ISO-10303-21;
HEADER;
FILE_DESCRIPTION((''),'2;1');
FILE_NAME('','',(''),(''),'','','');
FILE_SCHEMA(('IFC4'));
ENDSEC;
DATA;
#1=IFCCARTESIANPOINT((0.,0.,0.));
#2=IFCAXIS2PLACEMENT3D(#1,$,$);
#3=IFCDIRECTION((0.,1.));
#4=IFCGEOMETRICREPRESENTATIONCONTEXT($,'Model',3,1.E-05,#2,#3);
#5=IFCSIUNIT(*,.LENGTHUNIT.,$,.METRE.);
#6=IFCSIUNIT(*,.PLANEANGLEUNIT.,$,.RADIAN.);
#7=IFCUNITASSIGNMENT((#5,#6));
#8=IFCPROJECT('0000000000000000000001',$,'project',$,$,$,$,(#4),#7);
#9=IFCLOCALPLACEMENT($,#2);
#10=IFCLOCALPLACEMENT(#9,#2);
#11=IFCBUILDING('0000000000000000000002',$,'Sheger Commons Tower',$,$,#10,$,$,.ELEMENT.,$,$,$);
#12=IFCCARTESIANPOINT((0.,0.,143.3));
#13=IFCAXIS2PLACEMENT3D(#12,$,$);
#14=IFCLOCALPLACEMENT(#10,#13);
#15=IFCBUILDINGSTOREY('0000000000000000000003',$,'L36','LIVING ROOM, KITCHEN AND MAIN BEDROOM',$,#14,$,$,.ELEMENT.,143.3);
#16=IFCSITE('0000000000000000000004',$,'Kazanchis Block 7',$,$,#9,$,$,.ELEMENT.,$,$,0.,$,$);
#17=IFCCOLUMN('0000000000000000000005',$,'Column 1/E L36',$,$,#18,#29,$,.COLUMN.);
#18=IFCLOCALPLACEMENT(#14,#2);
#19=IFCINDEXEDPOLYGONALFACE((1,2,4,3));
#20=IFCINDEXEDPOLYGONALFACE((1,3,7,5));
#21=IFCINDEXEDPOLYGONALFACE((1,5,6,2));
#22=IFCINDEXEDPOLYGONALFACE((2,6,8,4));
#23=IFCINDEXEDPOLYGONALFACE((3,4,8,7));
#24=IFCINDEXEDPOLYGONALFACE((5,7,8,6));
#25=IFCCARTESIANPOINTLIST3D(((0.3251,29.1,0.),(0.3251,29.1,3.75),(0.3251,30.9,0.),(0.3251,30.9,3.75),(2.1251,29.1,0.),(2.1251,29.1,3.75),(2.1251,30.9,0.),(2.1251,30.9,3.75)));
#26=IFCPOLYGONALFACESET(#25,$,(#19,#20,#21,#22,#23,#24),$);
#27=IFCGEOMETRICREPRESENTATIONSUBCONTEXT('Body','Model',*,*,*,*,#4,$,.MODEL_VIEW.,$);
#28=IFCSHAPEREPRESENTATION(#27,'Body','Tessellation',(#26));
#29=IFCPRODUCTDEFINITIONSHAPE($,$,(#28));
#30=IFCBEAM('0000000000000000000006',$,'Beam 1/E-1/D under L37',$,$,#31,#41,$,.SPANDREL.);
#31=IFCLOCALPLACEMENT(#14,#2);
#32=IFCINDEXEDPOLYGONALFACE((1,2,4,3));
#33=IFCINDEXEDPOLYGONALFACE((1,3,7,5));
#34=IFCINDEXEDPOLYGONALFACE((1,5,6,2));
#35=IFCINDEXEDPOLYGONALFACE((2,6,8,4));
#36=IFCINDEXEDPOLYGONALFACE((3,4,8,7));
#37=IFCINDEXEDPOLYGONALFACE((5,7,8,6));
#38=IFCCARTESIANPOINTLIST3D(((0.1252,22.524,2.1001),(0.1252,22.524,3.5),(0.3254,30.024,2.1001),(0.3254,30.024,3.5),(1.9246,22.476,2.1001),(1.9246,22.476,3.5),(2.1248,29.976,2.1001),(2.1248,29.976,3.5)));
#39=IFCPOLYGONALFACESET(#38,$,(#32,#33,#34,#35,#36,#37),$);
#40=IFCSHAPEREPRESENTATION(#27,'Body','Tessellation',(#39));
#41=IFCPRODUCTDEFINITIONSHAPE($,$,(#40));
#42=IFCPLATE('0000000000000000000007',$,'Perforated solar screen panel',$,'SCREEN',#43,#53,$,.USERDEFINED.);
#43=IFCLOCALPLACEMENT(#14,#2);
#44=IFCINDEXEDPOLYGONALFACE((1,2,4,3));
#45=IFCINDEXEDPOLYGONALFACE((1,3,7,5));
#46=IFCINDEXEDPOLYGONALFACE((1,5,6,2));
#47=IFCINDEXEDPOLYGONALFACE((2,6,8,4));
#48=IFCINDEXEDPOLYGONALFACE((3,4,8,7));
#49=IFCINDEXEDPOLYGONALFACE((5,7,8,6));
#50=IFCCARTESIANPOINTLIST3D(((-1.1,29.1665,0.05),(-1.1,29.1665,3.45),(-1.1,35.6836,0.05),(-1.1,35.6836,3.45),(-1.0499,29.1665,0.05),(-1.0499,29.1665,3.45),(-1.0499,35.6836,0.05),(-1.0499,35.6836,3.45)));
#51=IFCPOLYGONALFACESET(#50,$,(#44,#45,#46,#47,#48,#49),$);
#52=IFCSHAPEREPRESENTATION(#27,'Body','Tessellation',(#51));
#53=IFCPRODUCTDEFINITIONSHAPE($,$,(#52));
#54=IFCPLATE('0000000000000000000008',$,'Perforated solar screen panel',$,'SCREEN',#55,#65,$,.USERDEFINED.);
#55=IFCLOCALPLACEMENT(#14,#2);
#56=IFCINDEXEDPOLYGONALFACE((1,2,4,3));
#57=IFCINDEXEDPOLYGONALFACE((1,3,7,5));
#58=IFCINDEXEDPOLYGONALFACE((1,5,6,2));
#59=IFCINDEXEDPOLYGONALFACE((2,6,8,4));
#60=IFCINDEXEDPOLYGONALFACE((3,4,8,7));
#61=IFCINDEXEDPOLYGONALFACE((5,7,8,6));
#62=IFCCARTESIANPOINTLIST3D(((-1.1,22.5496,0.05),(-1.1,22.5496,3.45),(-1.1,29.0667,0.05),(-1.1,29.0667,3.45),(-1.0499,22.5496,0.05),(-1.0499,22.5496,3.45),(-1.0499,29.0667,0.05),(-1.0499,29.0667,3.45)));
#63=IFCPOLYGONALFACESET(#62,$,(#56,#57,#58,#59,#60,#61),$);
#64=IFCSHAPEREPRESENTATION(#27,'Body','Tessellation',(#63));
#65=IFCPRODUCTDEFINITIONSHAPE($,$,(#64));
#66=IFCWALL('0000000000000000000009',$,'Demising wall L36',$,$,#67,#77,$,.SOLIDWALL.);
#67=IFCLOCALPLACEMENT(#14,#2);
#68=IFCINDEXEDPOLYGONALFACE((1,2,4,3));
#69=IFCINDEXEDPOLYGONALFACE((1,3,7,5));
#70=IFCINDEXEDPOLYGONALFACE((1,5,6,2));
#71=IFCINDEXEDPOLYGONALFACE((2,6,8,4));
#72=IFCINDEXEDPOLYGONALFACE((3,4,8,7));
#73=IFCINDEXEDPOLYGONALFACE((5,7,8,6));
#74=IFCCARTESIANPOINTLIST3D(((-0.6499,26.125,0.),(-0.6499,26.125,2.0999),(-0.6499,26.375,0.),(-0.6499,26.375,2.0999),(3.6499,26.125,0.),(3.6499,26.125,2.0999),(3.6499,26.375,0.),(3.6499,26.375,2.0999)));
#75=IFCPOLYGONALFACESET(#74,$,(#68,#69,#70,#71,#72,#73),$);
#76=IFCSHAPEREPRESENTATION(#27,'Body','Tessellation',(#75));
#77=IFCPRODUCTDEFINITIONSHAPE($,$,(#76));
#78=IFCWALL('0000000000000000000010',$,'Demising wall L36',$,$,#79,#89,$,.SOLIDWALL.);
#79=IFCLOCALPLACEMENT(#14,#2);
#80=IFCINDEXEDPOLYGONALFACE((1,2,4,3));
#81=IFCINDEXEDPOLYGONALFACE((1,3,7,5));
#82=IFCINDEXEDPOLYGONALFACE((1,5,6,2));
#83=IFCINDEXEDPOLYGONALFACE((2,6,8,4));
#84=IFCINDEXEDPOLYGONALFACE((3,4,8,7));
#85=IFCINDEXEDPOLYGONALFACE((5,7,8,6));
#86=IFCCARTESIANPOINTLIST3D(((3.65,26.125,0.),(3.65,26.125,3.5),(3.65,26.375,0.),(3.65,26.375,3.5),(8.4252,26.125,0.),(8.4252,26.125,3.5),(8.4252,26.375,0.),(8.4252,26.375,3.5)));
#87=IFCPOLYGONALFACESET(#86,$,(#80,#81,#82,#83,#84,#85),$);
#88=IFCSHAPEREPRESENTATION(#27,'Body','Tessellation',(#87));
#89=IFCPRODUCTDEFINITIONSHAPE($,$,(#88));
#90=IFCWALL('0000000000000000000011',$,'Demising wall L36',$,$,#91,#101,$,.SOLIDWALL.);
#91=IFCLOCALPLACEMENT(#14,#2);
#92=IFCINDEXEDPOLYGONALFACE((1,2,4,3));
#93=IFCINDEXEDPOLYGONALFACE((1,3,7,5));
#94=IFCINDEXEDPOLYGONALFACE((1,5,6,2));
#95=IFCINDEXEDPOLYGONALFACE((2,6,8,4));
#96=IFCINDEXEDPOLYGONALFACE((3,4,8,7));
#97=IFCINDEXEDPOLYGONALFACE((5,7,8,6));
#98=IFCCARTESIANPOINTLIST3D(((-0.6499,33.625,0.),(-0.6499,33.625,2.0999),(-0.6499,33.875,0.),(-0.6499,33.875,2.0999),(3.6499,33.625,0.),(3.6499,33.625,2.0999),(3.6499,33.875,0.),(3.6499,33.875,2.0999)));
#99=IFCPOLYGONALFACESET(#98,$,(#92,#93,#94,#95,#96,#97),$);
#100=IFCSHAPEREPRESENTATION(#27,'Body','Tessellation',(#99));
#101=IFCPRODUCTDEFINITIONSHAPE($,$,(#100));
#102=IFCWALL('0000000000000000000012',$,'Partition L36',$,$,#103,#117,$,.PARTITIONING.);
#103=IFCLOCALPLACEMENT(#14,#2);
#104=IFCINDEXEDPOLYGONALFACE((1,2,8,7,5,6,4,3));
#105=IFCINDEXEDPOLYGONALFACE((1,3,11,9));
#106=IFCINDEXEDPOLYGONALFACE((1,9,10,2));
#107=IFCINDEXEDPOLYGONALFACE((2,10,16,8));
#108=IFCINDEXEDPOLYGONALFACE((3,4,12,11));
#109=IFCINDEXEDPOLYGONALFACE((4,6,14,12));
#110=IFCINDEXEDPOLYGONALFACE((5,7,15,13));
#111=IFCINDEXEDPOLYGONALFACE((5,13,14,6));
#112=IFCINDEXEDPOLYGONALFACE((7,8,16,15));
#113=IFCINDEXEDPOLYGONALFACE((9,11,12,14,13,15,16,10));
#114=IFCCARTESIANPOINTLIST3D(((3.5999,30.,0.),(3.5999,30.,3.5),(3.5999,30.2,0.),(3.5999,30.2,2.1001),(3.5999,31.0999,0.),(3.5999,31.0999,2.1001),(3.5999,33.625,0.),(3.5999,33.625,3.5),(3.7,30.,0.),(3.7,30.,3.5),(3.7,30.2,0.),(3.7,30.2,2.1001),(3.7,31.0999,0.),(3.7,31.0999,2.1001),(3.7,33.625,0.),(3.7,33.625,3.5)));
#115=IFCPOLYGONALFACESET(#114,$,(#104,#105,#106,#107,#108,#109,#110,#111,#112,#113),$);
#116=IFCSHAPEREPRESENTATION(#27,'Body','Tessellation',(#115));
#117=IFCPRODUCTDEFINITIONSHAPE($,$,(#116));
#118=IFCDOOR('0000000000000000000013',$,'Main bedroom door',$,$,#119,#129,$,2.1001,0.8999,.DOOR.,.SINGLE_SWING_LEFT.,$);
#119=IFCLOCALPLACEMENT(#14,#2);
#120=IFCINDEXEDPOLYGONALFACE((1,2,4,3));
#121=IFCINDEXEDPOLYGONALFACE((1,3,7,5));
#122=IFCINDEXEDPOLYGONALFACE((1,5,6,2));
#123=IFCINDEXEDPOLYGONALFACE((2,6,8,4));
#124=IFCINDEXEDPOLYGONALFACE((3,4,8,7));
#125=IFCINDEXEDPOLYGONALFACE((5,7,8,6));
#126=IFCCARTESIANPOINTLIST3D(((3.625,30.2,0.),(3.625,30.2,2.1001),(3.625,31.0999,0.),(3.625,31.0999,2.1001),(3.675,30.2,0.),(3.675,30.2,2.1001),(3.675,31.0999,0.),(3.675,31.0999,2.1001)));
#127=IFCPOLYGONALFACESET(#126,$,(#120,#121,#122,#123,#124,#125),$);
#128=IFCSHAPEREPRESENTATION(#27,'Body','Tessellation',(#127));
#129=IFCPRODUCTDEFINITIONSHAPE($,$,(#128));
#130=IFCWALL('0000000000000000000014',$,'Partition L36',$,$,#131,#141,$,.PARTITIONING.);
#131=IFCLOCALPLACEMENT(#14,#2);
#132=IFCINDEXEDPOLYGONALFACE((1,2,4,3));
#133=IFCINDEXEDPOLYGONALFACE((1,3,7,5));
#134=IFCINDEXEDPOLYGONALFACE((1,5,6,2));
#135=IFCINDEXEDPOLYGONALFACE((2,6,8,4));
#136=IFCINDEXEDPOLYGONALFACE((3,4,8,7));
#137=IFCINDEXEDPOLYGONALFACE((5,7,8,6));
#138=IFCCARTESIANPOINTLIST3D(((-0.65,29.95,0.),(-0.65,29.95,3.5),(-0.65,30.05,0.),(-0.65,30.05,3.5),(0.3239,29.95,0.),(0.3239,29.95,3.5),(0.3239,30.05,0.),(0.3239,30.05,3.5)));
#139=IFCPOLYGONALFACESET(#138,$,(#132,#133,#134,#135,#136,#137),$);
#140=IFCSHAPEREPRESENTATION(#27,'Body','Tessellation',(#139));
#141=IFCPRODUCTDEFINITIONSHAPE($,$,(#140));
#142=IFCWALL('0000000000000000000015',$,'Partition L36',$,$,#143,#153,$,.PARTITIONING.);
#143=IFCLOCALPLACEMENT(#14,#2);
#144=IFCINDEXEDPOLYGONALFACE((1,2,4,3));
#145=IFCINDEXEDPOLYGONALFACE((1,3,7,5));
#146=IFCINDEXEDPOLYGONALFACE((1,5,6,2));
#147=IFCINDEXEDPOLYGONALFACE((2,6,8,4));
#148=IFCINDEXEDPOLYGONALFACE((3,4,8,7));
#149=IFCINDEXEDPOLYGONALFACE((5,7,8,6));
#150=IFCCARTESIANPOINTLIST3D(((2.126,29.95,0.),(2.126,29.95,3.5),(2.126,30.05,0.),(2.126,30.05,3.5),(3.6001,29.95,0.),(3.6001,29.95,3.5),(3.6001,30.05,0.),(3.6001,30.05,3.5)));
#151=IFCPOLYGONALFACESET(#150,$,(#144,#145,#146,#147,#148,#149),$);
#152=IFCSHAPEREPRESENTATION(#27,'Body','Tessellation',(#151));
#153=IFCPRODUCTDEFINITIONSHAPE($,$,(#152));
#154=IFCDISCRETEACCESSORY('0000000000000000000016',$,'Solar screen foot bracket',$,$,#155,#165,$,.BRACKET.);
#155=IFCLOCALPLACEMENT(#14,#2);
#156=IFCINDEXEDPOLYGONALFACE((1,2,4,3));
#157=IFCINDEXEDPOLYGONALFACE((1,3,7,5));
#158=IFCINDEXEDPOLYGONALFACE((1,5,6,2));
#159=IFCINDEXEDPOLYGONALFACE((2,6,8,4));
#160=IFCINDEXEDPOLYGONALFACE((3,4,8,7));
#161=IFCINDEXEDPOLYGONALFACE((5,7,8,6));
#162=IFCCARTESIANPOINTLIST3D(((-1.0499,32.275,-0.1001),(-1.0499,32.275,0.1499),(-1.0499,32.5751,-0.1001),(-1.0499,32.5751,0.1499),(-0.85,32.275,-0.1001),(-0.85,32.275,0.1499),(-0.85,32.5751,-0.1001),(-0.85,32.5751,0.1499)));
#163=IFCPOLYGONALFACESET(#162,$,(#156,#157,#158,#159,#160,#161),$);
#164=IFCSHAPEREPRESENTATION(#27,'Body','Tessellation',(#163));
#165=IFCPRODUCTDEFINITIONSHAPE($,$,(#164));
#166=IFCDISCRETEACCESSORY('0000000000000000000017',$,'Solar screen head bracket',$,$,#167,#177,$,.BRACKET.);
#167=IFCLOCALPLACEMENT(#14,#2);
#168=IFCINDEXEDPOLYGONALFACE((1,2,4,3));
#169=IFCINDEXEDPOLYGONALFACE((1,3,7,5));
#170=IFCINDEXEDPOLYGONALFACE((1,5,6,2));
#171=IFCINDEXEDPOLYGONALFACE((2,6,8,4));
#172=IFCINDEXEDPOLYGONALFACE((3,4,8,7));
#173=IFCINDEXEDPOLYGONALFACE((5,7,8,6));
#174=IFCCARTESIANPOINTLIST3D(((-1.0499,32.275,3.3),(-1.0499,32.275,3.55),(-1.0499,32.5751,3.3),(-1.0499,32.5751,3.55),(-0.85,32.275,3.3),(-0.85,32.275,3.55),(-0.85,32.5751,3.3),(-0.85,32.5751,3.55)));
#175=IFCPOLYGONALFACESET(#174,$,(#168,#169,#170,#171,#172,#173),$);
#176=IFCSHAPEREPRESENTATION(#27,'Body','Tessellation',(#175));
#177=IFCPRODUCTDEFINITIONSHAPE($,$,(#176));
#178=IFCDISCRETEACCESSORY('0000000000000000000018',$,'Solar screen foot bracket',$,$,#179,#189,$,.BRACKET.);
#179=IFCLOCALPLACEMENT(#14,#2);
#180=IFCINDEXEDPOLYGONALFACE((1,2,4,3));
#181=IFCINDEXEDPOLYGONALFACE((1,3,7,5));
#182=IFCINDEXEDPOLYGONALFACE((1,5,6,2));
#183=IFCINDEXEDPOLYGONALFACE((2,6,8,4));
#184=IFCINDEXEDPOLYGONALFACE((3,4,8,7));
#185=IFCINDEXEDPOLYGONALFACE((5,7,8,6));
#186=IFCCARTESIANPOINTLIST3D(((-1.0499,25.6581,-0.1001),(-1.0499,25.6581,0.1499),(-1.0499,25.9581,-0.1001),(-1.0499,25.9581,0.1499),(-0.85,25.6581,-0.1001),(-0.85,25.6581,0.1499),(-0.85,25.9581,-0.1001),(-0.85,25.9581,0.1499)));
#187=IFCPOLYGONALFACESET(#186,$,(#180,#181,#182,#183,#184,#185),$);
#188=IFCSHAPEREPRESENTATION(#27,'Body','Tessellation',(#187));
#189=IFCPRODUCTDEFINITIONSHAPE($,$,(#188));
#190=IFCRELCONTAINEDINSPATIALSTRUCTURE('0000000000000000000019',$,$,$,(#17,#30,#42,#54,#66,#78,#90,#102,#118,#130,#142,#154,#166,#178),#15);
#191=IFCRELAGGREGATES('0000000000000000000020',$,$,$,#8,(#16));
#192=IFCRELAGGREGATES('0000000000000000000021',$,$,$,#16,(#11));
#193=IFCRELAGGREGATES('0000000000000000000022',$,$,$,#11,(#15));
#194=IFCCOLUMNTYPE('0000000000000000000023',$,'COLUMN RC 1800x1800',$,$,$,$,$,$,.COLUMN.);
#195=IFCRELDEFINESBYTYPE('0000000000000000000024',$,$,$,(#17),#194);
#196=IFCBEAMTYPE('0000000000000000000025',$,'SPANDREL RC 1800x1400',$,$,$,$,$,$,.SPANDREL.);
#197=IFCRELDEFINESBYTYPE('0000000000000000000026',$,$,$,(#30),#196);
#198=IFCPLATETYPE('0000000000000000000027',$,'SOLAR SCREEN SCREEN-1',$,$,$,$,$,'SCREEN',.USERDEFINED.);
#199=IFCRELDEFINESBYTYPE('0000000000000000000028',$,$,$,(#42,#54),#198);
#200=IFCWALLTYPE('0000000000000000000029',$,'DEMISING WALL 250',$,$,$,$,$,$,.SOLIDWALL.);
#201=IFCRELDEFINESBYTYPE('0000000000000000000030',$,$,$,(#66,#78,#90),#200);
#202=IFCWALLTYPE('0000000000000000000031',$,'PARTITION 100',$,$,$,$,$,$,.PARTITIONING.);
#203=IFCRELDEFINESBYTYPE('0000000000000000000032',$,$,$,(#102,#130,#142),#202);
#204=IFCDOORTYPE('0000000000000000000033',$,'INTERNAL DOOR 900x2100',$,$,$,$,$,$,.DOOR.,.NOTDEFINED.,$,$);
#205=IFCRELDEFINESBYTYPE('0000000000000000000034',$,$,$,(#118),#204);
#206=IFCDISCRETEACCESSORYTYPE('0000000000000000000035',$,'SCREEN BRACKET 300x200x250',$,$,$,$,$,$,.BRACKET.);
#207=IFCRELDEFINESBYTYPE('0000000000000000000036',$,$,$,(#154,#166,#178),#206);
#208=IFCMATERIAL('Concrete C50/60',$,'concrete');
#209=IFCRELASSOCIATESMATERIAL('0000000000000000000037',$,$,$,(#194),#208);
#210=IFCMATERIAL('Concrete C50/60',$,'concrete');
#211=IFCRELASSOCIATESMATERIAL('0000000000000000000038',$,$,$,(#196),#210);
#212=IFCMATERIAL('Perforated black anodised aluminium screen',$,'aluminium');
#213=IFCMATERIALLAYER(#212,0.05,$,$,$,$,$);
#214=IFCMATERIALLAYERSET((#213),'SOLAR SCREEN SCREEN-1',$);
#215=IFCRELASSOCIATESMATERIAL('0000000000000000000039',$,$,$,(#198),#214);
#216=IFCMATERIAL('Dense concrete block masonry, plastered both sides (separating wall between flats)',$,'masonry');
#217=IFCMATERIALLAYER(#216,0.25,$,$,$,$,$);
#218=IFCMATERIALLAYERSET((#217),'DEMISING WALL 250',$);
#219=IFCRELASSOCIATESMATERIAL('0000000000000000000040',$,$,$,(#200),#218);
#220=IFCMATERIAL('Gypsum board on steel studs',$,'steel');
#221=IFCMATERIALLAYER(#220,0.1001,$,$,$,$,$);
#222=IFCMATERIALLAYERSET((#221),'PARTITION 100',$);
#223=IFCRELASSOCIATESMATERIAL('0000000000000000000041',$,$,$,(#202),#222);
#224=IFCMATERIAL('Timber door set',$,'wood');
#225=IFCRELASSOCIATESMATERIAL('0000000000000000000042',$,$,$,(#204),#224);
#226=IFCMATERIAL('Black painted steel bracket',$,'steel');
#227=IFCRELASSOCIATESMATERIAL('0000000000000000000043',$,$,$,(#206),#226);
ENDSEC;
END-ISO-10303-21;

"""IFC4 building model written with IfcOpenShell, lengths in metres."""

from ifc_helpers import new_model, si_unit, direction, frame, frame_2d, origin, origin_2d, place, context, subcontext, project, spatial, rectangle, extrude, material, layer, layer_set, material_profile, profile_set, type_object, element, fill, save


model = new_model("IFC4")

# Units and contexts
model_context = context("Model", 3, precision=1e-05, world=origin(), true_north=direction((0.0, 1.0)))
body_context = subcontext(model_context, "Body", "Model", "MODEL_VIEW")
ifc_project = project(units=[si_unit("LENGTHUNIT", "METRE"), si_unit("PLANEANGLEUNIT", "RADIAN")], contexts=[model_context])

# Site, building, storey
site_placement = place(None, origin())
site = spatial("IfcSite", under=ifc_project, at=site_placement, Name="Kazanchis Block 7", CompositionType="ELEMENT", RefElevation=0.0)
building_placement = place(site_placement, origin())
building = spatial("IfcBuilding", under=site, at=building_placement, Name="Sheger Commons Tower", CompositionType="ELEMENT")
storey_placement = place(building_placement, frame((0.0, 0.0, 143.3)))
storey = spatial("IfcBuildingStorey", under=building, at=storey_placement, Name="L36", Description="LIVING ROOM, KITCHEN AND MAIN BEDROOM", CompositionType="ELEMENT", Elevation=143.3)

# Column
ifc_material_1 = material(Name="Concrete C50/60", Category="concrete")
ifc_material_profile_1 = material_profile(ifc_material_1, rectangle(XDim=1.8, YDim=1.8, at=origin_2d()), Name="RC 1800x1800")
ifc_profile_set_1 = profile_set([ifc_material_profile_1], Name="Concrete C50/60")
column_type = type_object("IfcColumnType", Name="COLUMN RC 1800x1800", PredefinedType="COLUMN", material=ifc_profile_set_1)
column_placement = place(storey_placement, frame((1.2251, 30.0, 0.0), z_axis=(0.0, 0.0, 1.0), x_axis=(1.0, 0.0, 0.0)))
element("IfcColumn", 1, at=column_placement, inside=storey, type_object=column_type, Name="Column 1/E L36", PredefinedType="COLUMN", context=body_context, shape_type="SweptSolid", body=[
    extrude(rectangle(XDim=1.8, YDim=1.8, at=origin_2d()), origin(), (0.0, 0.0, 1.0), 3.75),
])

# Beam
ifc_material_2 = material(Name="Concrete C50/60", Category="concrete")
ifc_material_profile_2 = material_profile(ifc_material_2, rectangle(XDim=1.8, YDim=1.3999, at=origin_2d()), Name="RC 1800x1400")
ifc_profile_set_2 = profile_set([ifc_material_profile_2], Name="Concrete C50/60")
beam_type = type_object("IfcBeamType", Name="SPANDREL RC 1800x1400", PredefinedType="SPANDREL", material=ifc_profile_set_2)
beam_placement = place(storey_placement, frame((1.2251, 30.0, 2.8), z_axis=(-0.026683, -0.999644, 0.0), x_axis=(0.999644, -0.026683, 0.0)))
element("IfcBeam", 2, at=beam_placement, inside=storey, type_object=beam_type, Name="Beam 1/E-1/D under L37", PredefinedType="SPANDREL", context=body_context, shape_type="SweptSolid", body=[
    extrude(rectangle(XDim=1.8, YDim=1.3999, at=origin_2d()), origin(), (0.0, 0.0, 1.0), 7.5027),
])

# Plates
ifc_material_3 = material(Name="Perforated black anodised aluminium screen", Category="aluminium")
ifc_layer_1 = layer(ifc_material_3, 0.05)
ifc_layer_set_1 = layer_set([ifc_layer_1], Name="SOLAR SCREEN SCREEN-1")
plate_type = type_object("IfcPlateType", Name="SOLAR SCREEN SCREEN-1", ElementType="SCREEN", PredefinedType="USERDEFINED", material=ifc_layer_set_1)
for number, where, z_axis, x_axis, name in (
    (3, (-1.075, 32.425, 0.05), (0.0, 0.0, 1.0), (0.0, -1.0, 0.0), "Perforated solar screen panel"),
    (4, (-1.075, 25.8081, 0.05), (0.0, 0.0, 1.0), (0.0, -1.0, 0.0), "Perforated solar screen panel"),
):
    element("IfcPlate", number, at=place(storey_placement, frame(where, z_axis=z_axis, x_axis=x_axis)), inside=storey, type_object=plate_type, Name=name, ObjectType="SCREEN", PredefinedType="USERDEFINED", context=body_context, shape_type="SweptSolid", body=[
        extrude(rectangle(XDim=6.5171, YDim=0.05, at=origin_2d()), origin(), (0.0, 0.0, 1.0), 3.3999),
    ])

# Walls
ifc_material_4 = material(Name="Dense concrete block masonry, plastered both sides (separating wall between flats)", Category="masonry")
ifc_layer_2 = layer(ifc_material_4, 0.25)
ifc_layer_set_2 = layer_set([ifc_layer_2], Name="DEMISING WALL 250")
wall_type_1 = type_object("IfcWallType", Name="DEMISING WALL 250", PredefinedType="SOLIDWALL", material=ifc_layer_set_2)
wall_1_placement = place(storey_placement, frame((-0.6499, 26.25, 0.0), z_axis=(0.0, 0.0, 1.0), x_axis=(1.0, 0.0, 0.0)))
element("IfcWall", 5, at=wall_1_placement, inside=storey, type_object=wall_type_1, Name="Demising wall L36", PredefinedType="SOLIDWALL", context=body_context, shape_type="SweptSolid", body=[
    extrude(rectangle(XDim=4.2998, YDim=0.25, at=frame_2d((2.1499, 0.0))), origin(), (0.0, 0.0, 1.0), 2.0999),
])
wall_2_placement = place(storey_placement, frame((3.6499, 26.25, 0.0), z_axis=(0.0, 0.0, 1.0), x_axis=(1.0, 0.0, 0.0)))
element("IfcWall", 6, at=wall_2_placement, inside=storey, type_object=wall_type_1, Name="Demising wall L36", PredefinedType="SOLIDWALL", context=body_context, shape_type="SweptSolid", body=[
    extrude(rectangle(XDim=4.7751, YDim=0.25, at=frame_2d((2.3877, 0.0))), origin(), (0.0, 0.0, 1.0), 3.5),
])
wall_3_placement = place(storey_placement, frame((-0.6499, 33.75, 0.0), z_axis=(0.0, 0.0, 1.0), x_axis=(1.0, 0.0, 0.0)))
element("IfcWall", 7, at=wall_3_placement, inside=storey, type_object=wall_type_1, Name="Demising wall L36", PredefinedType="SOLIDWALL", context=body_context, shape_type="SweptSolid", body=[
    extrude(rectangle(XDim=4.2998, YDim=0.25, at=frame_2d((2.1499, 0.0))), origin(), (0.0, 0.0, 1.0), 2.0999),
])

# Wall, opening, door
ifc_material_5 = material(Name="Gypsum board on steel studs", Category="steel")
ifc_layer_3 = layer(ifc_material_5, 0.1001)
ifc_layer_set_3 = layer_set([ifc_layer_3], Name="PARTITION 100")
wall_type_2 = type_object("IfcWallType", Name="PARTITION 100", PredefinedType="PARTITIONING", material=ifc_layer_set_3)
wall_4_placement = place(storey_placement, frame((3.6499, 30.0, 0.0), z_axis=(0.0, 0.0, 1.0), x_axis=(0.0, 1.0, 0.0)))
wall_4 = element("IfcWall", 8, at=wall_4_placement, inside=storey, type_object=wall_type_2, Name="Partition L36", PredefinedType="PARTITIONING", context=body_context, shape_type="SweptSolid", body=[
    extrude(rectangle(XDim=3.625, YDim=0.1001, at=frame_2d((1.8125, 0.0))), origin(), (0.0, 0.0, 1.0), 3.5),
])
opening_placement = place(wall_4_placement, frame((0.2, 0.0, 0.0)))
opening = element("IfcOpeningElement", 9, at=opening_placement, cuts=wall_4, PredefinedType="OPENING", context=body_context, shape_type="SweptSolid", body=[
    extrude(rectangle(XDim=0.8999, YDim=2.1001, at=frame_2d((0.45, 1.05))), frame((0.0, 0.0601, 0.0), z_axis=(0.0, -1.0, 0.0), x_axis=(1.0, 0.0, 0.0)), (0.0, 0.0, 1.0), 0.1201),
])
ifc_material_6 = material(Name="Timber door set", Category="wood")
door_type = type_object("IfcDoorType", Name="INTERNAL DOOR 900x2100", OperationType="NOTDEFINED", PredefinedType="DOOR", material=ifc_material_6)
door_placement = place(opening_placement, origin())
door = element("IfcDoor", 10, at=door_placement, inside=storey, type_object=door_type, Name="Main bedroom door", OperationType="SINGLE_SWING_LEFT", OverallHeight=2.1001, OverallWidth=0.8999, PredefinedType="DOOR", context=body_context, shape_type="SweptSolid", body=[
    extrude(rectangle(XDim=0.8999, YDim=2.1001, at=frame_2d((0.45, 1.05))), frame((0.0, 0.0249, 0.0), z_axis=(0.0, -1.0, 0.0), x_axis=(1.0, 0.0, 0.0)), (0.0, 0.0, 1.0), 0.05),
])
fill(opening, door)

# Walls
wall_5_placement = place(storey_placement, frame((-0.6499, 30.0, 0.0), z_axis=(0.0, 0.0, 1.0), x_axis=(1.0, 0.0, 0.0)))
element("IfcWall", 11, at=wall_5_placement, inside=storey, type_object=wall_type_2, Name="Partition L36", PredefinedType="PARTITIONING", context=body_context, shape_type="SweptSolid", body=[
    extrude(rectangle(XDim=0.9739, YDim=0.1001, at=frame_2d((0.4868, 0.0))), origin(), (0.0, 0.0, 1.0), 3.5),
])
wall_6_placement = place(storey_placement, frame((2.126, 30.0, 0.0), z_axis=(0.0, 0.0, 1.0), x_axis=(1.0, 0.0, 0.0)))
element("IfcWall", 12, at=wall_6_placement, inside=storey, type_object=wall_type_2, Name="Partition L36", PredefinedType="PARTITIONING", context=body_context, shape_type="SweptSolid", body=[
    extrude(rectangle(XDim=1.4741, YDim=0.1001, at=frame_2d((0.7371, 0.0))), origin(), (0.0, 0.0, 1.0), 3.5),
])

# Discrete accessories
ifc_material_7 = material(Name="Black painted steel bracket", Category="steel")
discrete_accessory_type = type_object("IfcDiscreteAccessoryType", Name="SCREEN BRACKET 300x200x250", PredefinedType="BRACKET", material=ifc_material_7)
for number, where, z_axis, x_axis, name in (
    (13, (-0.95, 32.425, -0.1001), (0.0, 0.0, 1.0), (0.0, -1.0, 0.0), "Solar screen foot bracket"),
    (14, (-0.95, 32.425, 3.3), (0.0, 0.0, 1.0), (0.0, -1.0, 0.0), "Solar screen head bracket"),
    (15, (-0.95, 25.8081, -0.1001), (0.0, 0.0, 1.0), (0.0, -1.0, 0.0), "Solar screen foot bracket"),
):
    element("IfcDiscreteAccessory", number, at=place(storey_placement, frame(where, z_axis=z_axis, x_axis=x_axis)), inside=storey, type_object=discrete_accessory_type, Name=name, PredefinedType="BRACKET", context=body_context, shape_type="SweptSolid", body=[
        extrude(rectangle(XDim=0.3, YDim=0.2, at=origin_2d()), origin(), (0.0, 0.0, 1.0), 0.25),
    ])

save(model, "model.ifc")
